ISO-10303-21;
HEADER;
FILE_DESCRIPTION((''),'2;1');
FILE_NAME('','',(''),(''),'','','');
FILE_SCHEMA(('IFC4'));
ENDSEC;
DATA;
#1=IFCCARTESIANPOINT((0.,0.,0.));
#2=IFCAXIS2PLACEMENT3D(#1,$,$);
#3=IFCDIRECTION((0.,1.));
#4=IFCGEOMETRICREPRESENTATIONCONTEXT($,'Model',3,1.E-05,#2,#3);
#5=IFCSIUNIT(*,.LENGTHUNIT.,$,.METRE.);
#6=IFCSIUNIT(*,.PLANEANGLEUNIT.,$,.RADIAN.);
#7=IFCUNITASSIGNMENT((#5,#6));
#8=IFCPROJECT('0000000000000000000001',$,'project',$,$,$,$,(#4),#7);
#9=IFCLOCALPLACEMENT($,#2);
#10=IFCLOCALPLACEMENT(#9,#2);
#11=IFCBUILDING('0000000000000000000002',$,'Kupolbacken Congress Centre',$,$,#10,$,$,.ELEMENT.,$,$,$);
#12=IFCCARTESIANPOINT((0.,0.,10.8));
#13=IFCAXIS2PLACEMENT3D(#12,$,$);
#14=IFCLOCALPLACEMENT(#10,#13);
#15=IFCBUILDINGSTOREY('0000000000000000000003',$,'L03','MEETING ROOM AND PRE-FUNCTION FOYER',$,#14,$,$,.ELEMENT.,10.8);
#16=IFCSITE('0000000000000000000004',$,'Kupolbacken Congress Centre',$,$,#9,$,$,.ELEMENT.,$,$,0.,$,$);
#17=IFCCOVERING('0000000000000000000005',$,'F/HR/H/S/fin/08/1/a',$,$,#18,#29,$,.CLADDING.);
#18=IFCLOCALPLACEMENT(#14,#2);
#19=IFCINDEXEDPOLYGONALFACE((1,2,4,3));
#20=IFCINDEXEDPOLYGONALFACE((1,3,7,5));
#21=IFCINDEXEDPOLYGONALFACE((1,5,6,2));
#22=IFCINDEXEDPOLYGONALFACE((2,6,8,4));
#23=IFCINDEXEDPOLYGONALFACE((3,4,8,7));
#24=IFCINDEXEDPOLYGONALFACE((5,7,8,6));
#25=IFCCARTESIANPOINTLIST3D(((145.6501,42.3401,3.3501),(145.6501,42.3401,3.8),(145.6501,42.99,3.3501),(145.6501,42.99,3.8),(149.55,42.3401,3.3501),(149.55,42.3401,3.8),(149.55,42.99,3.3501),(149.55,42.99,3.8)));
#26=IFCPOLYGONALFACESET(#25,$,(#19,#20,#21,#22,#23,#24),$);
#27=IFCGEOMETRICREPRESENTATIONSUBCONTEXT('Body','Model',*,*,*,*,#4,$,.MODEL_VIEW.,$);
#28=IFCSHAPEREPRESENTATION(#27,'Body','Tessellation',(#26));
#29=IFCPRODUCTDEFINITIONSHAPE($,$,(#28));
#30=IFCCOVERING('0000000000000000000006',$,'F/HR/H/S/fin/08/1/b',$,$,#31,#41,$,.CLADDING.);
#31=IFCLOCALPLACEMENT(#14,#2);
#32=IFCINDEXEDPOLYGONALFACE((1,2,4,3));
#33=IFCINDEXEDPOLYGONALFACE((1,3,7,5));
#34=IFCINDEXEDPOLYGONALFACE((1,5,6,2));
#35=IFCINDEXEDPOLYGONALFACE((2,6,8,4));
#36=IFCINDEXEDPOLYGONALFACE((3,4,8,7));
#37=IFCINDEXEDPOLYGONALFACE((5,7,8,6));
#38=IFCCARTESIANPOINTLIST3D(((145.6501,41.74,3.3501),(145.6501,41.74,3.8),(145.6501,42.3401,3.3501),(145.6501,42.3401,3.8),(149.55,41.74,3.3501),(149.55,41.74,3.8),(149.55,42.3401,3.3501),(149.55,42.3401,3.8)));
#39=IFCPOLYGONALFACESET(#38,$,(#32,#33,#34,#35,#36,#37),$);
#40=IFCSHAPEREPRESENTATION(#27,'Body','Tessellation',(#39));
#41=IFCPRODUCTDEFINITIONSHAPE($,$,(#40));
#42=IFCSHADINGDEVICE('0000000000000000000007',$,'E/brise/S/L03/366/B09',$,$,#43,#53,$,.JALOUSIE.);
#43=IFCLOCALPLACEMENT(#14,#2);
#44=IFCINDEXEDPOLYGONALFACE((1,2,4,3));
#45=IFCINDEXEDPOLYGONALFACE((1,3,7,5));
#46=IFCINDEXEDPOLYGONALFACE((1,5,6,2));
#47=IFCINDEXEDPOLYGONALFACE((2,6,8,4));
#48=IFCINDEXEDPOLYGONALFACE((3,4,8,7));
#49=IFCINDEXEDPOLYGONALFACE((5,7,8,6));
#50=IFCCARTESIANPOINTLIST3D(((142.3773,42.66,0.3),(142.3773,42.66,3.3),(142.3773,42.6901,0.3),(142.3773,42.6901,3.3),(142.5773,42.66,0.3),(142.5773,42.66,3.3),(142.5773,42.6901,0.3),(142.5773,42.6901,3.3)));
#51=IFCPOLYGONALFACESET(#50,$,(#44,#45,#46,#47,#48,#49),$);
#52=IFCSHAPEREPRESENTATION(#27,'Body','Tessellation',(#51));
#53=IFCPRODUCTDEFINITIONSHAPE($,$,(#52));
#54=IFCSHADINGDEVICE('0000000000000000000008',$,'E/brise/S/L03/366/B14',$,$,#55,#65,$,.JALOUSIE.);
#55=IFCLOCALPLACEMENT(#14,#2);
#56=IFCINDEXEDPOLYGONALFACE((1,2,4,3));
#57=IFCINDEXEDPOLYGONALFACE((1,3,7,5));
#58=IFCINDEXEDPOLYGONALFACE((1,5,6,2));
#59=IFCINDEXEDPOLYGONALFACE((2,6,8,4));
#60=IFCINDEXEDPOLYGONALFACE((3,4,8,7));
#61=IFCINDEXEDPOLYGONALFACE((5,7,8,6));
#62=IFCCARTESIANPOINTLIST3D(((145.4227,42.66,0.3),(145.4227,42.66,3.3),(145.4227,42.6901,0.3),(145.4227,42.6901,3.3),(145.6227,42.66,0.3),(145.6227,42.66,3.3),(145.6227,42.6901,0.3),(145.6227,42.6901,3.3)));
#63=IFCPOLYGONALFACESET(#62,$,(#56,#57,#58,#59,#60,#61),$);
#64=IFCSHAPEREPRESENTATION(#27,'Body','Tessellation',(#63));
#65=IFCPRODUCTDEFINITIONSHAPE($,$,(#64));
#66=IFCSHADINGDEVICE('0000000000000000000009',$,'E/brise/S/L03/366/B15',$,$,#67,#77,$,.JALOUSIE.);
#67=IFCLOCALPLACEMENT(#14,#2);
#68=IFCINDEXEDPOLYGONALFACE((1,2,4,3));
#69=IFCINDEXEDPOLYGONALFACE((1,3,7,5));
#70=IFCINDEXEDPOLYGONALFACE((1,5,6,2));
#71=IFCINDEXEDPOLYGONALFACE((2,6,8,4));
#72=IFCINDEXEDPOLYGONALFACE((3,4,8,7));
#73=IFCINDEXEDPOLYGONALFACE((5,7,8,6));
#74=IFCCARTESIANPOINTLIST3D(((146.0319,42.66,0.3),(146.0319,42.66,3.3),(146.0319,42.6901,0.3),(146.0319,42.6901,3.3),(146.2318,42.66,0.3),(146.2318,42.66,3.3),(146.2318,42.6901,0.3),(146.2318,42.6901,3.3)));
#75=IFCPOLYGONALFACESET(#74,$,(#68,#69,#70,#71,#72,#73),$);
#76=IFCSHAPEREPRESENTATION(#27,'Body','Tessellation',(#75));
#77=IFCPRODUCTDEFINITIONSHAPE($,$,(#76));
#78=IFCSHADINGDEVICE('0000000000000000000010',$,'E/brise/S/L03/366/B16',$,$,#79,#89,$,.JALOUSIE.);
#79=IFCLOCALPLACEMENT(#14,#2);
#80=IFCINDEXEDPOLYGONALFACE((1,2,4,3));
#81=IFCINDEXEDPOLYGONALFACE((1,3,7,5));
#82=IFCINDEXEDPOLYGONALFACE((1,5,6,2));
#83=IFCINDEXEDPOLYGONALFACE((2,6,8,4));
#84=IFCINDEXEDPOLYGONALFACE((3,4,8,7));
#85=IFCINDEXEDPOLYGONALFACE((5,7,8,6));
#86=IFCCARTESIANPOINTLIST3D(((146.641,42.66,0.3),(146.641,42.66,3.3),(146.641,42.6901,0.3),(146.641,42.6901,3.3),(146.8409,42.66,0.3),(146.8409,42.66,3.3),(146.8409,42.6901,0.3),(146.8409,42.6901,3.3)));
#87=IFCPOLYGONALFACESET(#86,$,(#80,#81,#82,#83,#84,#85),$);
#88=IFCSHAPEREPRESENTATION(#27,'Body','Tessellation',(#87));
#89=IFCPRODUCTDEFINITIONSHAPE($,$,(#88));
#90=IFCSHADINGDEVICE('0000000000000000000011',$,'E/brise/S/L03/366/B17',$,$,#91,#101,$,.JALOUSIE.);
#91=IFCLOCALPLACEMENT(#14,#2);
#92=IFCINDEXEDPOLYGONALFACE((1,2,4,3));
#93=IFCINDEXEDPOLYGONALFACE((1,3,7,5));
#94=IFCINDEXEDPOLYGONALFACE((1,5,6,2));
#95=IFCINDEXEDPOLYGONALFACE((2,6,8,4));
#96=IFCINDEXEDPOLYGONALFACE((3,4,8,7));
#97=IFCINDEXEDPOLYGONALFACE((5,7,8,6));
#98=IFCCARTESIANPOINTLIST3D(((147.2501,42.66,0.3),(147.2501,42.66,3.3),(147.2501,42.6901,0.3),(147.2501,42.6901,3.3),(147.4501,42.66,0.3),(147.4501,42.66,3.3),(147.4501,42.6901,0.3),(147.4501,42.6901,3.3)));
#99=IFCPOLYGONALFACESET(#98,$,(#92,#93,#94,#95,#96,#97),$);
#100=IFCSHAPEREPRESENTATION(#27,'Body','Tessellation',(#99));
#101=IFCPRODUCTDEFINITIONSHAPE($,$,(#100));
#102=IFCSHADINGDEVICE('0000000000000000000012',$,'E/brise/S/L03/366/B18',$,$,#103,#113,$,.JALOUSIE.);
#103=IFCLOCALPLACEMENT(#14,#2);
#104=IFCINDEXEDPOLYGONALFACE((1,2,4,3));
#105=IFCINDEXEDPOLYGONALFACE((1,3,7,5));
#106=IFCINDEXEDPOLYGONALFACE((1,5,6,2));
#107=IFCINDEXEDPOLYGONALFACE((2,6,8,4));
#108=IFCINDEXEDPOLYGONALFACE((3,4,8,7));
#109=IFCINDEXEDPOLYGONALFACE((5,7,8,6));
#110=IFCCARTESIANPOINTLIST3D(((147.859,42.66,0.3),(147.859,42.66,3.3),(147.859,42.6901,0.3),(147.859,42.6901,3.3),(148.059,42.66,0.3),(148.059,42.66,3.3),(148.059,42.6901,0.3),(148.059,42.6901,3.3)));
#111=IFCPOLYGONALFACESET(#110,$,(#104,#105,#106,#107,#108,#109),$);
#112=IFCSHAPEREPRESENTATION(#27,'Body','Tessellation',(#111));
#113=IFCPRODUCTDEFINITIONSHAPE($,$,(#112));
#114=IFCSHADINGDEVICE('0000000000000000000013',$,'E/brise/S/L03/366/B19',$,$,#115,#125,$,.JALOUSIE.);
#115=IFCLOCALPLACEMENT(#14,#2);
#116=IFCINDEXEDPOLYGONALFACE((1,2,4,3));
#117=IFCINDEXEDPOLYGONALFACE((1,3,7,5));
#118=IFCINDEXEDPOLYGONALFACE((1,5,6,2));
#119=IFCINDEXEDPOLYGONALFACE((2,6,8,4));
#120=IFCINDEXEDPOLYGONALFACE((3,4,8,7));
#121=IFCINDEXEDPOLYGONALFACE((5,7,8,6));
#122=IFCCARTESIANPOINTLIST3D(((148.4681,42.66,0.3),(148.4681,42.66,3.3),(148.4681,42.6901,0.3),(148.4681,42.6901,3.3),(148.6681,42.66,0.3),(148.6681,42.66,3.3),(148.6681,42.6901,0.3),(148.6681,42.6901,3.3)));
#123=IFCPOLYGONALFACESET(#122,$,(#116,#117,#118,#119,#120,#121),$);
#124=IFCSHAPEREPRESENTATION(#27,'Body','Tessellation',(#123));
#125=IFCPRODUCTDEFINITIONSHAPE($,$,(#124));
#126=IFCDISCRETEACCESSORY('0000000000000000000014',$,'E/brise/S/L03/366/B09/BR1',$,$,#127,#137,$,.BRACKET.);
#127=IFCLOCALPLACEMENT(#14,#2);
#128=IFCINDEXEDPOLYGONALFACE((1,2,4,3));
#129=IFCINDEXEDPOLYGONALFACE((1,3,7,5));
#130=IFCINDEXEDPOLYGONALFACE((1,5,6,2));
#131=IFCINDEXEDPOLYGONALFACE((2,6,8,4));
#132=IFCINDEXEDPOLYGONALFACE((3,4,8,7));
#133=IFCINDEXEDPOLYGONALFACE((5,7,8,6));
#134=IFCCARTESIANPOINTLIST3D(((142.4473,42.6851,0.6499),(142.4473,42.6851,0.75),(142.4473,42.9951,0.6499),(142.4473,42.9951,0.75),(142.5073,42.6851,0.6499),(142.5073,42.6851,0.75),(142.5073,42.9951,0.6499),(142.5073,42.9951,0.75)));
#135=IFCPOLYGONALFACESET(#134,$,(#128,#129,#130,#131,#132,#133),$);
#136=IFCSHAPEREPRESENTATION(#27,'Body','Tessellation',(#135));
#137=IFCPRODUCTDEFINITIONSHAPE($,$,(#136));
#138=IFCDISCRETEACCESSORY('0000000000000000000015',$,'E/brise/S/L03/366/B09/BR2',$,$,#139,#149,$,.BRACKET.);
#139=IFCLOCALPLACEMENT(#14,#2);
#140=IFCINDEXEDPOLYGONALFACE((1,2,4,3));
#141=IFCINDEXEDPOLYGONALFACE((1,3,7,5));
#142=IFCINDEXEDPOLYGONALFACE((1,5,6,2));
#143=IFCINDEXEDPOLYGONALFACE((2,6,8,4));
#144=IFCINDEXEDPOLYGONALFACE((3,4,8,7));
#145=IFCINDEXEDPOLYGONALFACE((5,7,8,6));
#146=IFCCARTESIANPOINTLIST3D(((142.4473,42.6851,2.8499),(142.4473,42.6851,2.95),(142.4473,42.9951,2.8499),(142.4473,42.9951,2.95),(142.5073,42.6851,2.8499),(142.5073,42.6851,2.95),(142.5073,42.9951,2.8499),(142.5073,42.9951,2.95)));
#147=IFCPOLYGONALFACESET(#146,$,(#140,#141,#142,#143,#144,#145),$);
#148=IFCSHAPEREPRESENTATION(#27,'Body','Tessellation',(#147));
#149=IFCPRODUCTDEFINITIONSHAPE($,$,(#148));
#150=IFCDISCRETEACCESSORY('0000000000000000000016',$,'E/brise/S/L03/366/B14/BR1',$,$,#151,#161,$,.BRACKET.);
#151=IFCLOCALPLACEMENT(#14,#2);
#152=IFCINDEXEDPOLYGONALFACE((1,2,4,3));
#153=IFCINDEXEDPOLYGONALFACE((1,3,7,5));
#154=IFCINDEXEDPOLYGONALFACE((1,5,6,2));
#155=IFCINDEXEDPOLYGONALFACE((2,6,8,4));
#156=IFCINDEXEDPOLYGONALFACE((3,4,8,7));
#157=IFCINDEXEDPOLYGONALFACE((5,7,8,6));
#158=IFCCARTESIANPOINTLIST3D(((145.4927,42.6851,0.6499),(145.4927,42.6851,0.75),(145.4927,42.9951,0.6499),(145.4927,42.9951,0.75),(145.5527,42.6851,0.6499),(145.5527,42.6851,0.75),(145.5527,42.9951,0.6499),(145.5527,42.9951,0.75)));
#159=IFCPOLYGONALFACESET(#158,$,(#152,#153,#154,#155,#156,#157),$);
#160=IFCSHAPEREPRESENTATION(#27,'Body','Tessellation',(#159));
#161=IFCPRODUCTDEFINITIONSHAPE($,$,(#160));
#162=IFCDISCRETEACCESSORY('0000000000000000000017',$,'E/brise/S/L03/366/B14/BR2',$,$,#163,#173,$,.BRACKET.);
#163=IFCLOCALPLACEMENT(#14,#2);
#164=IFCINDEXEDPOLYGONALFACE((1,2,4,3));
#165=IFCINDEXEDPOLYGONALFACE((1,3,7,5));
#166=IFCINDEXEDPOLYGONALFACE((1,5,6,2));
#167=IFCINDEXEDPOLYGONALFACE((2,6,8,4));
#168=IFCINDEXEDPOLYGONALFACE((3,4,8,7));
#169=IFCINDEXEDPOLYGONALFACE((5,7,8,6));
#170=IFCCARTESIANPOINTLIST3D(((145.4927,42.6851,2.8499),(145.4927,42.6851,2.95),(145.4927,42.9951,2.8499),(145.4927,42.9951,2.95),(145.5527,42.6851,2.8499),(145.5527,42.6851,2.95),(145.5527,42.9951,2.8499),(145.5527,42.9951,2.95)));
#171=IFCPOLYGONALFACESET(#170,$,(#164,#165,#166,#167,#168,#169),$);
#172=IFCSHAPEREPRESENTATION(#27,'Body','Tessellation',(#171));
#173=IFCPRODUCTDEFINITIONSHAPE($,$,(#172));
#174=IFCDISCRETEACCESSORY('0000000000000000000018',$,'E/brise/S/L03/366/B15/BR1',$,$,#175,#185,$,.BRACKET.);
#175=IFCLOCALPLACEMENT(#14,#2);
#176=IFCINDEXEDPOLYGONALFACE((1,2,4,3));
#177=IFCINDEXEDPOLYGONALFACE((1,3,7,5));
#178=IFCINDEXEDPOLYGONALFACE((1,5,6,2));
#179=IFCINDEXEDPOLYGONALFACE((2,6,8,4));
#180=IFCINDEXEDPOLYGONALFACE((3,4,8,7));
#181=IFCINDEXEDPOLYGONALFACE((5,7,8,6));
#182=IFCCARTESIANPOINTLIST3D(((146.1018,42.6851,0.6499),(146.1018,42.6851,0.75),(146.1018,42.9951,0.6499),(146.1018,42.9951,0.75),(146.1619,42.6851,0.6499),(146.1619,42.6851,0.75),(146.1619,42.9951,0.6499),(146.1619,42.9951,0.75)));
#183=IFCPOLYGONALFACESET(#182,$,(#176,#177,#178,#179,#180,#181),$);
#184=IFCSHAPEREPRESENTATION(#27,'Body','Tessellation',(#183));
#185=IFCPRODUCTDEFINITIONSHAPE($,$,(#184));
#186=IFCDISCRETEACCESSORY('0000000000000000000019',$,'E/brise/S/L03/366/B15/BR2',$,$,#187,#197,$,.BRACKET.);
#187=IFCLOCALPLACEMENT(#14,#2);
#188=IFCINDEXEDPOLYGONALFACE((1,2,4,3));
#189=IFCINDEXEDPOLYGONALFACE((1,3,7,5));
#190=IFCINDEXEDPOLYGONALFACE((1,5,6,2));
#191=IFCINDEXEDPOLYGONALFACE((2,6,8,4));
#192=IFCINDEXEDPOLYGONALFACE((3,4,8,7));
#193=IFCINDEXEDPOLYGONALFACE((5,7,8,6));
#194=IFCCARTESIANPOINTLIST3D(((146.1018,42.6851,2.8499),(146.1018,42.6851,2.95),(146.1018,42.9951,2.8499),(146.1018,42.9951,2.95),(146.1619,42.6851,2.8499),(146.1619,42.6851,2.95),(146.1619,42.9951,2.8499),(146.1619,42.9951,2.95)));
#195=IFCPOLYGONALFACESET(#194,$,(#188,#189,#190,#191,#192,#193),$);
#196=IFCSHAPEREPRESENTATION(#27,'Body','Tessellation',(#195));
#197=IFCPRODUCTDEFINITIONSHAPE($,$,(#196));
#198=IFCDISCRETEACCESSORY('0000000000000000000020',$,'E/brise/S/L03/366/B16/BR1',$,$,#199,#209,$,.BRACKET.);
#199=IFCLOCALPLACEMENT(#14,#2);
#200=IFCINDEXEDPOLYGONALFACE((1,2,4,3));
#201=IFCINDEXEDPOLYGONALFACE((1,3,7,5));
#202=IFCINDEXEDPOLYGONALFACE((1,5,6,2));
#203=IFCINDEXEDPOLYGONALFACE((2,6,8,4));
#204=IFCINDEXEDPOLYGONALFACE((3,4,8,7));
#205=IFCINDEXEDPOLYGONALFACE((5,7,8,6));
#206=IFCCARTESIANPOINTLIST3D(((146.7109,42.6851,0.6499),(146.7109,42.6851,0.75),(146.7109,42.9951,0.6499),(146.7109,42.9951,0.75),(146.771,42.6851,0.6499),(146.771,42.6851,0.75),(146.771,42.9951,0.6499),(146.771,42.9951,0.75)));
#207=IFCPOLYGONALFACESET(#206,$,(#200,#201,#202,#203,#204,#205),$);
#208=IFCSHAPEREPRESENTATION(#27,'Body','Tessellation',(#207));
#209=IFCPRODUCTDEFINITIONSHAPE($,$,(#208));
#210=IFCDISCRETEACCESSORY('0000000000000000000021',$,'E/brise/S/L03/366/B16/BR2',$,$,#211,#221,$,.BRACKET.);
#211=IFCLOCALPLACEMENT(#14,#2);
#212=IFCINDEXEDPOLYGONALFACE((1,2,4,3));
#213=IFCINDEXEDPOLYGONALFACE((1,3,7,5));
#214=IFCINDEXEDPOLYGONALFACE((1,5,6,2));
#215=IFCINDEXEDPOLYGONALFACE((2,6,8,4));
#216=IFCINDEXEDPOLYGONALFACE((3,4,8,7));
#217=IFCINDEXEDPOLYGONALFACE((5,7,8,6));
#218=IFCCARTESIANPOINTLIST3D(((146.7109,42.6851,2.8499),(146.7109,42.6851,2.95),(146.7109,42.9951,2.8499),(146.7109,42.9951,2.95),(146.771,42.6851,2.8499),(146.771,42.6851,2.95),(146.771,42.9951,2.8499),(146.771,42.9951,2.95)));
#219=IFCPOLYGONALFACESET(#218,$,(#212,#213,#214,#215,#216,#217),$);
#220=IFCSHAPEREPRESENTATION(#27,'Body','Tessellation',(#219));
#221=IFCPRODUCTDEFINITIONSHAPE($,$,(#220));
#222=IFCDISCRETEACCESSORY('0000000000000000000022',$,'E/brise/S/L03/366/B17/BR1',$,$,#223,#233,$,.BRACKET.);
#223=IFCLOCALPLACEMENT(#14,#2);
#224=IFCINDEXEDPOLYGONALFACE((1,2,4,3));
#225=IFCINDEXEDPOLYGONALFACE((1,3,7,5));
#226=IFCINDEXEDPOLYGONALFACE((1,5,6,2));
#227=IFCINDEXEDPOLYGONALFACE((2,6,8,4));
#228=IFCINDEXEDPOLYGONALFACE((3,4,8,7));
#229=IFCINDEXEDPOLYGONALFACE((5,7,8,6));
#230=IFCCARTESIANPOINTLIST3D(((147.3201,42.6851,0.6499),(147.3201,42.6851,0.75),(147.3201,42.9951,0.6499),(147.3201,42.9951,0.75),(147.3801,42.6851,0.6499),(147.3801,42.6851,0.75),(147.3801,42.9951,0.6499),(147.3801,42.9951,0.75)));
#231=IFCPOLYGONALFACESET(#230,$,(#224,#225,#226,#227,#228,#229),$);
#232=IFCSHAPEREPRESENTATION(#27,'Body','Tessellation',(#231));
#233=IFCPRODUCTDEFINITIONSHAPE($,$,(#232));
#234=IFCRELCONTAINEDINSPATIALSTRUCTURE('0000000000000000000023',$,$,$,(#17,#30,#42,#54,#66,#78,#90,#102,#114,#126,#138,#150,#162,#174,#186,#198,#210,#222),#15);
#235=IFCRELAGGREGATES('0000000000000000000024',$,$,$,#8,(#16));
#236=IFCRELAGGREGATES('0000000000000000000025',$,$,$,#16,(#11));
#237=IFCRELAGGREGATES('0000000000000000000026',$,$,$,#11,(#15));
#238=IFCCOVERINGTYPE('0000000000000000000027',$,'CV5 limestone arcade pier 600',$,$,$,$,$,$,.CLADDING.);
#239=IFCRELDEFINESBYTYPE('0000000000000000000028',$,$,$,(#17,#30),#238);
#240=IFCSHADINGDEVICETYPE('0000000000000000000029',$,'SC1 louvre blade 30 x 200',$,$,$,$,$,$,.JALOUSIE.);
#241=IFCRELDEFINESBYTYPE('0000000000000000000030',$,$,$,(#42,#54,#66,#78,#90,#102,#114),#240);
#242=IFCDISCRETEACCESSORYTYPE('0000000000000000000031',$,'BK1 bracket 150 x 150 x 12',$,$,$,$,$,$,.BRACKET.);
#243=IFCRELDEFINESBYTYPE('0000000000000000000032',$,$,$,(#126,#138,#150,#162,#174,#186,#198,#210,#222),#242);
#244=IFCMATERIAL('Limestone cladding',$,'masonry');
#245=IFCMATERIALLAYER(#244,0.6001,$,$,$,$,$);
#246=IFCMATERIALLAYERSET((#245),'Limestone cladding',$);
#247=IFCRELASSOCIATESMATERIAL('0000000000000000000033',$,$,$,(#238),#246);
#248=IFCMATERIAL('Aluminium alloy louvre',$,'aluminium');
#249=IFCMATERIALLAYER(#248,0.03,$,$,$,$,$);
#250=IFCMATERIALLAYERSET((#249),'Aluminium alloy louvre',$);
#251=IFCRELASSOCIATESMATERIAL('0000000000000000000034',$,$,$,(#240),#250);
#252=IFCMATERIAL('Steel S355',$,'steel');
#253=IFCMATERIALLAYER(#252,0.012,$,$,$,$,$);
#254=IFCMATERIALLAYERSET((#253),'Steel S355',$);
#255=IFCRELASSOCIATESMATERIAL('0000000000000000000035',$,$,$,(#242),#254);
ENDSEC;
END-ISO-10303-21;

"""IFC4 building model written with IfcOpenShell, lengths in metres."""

from ifc_helpers import new_model, si_unit, direction, frame, origin, origin_2d, place, context, subcontext, project, spatial, rectangle, extrude, material, layer, layer_set, type_object, element, save


model = new_model("IFC4")

# Units and contexts
model_context = context("Model", 3, precision=1e-05, world=origin(), true_north=direction((0.0, 1.0)))
body_context = subcontext(model_context, "Body", "Model", "MODEL_VIEW")
ifc_project = project(units=[si_unit("LENGTHUNIT", "METRE"), si_unit("PLANEANGLEUNIT", "RADIAN")], contexts=[model_context])

# Site, building, storey
site_placement = place(None, origin())
site = spatial("IfcSite", under=ifc_project, at=site_placement, Name="Kupolbacken Congress Centre", CompositionType="ELEMENT", RefElevation=0.0)
building_placement = place(site_placement, origin())
building = spatial("IfcBuilding", under=site, at=building_placement, Name="Kupolbacken Congress Centre", CompositionType="ELEMENT")
storey_placement = place(building_placement, frame((0.0, 0.0, 10.8)))
storey = spatial("IfcBuildingStorey", under=building, at=storey_placement, Name="L03", Description="MEETING ROOM AND PRE-FUNCTION FOYER", CompositionType="ELEMENT", Elevation=10.8)

# Coverings
ifc_material_1 = material(Name="Limestone cladding", Category="masonry")
ifc_layer_1 = layer(ifc_material_1, 0.6001)
ifc_layer_set_1 = layer_set([ifc_layer_1], Name="Limestone cladding")
covering_type = type_object("IfcCoveringType", Name="CV5 limestone arcade pier 600", PredefinedType="CLADDING", material=ifc_layer_set_1)
covering_1_placement = place(storey_placement, frame((147.6001, 42.665, 3.3501), z_axis=(0.0, 0.0, 1.0), x_axis=(1.0, 0.0, 0.0)))
element("IfcCovering", 1, at=covering_1_placement, inside=storey, type_object=covering_type, Name="F/HR/H/S/fin/08/1/a", PredefinedType="CLADDING", context=body_context, shape_type="SweptSolid", body=[
    extrude(rectangle(XDim=3.8999, YDim=0.6499, at=origin_2d()), origin(), (0.0, 0.0, 1.0), 0.45),
])
covering_2_placement = place(storey_placement, frame((147.6001, 42.04, 3.3501), z_axis=(0.0, 0.0, 1.0), x_axis=(1.0, 0.0, 0.0)))
element("IfcCovering", 2, at=covering_2_placement, inside=storey, type_object=covering_type, Name="F/HR/H/S/fin/08/1/b", PredefinedType="CLADDING", context=body_context, shape_type="SweptSolid", body=[
    extrude(rectangle(XDim=3.8999, YDim=0.6001, at=origin_2d()), origin(), (0.0, 0.0, 1.0), 0.45),
])

# Shading devices
ifc_material_2 = material(Name="Aluminium alloy louvre", Category="aluminium")
ifc_layer_2 = layer(ifc_material_2, 0.03)
ifc_layer_set_2 = layer_set([ifc_layer_2], Name="Aluminium alloy louvre")
shading_device_type = type_object("IfcShadingDeviceType", Name="SC1 louvre blade 30 x 200", PredefinedType="JALOUSIE", material=ifc_layer_set_2)
for number, where, z_axis, x_axis, name in (
    (3, (142.4773, 42.675, 0.3), (0.0, 0.0, 1.0), (1.0, 0.0, 0.0), "E/brise/S/L03/366/B09"),
    (4, (145.5227, 42.675, 0.3), (0.0, 0.0, 1.0), (1.0, 0.0, 0.0), "E/brise/S/L03/366/B14"),
    (5, (146.1318, 42.675, 0.3), (0.0, 0.0, 1.0), (1.0, 0.0, 0.0), "E/brise/S/L03/366/B15"),
    (6, (146.741, 42.675, 0.3), (0.0, 0.0, 1.0), (1.0, 0.0, 0.0), "E/brise/S/L03/366/B16"),
    (7, (147.3501, 42.675, 0.3), (0.0, 0.0, 1.0), (1.0, 0.0, 0.0), "E/brise/S/L03/366/B17"),
    (8, (147.959, 42.675, 0.3), (0.0, 0.0, 1.0), (1.0, 0.0, 0.0), "E/brise/S/L03/366/B18"),
    (9, (148.5681, 42.675, 0.3), (0.0, 0.0, 1.0), (1.0, 0.0, 0.0), "E/brise/S/L03/366/B19"),
):
    element("IfcShadingDevice", number, at=place(storey_placement, frame(where, z_axis=z_axis, x_axis=x_axis)), inside=storey, type_object=shading_device_type, Name=name, PredefinedType="JALOUSIE", context=body_context, shape_type="SweptSolid", body=[
        extrude(rectangle(XDim=0.2, YDim=0.03, at=origin_2d()), origin(), (0.0, 0.0, 1.0), 3.0),
    ])

# Discrete accessories
ifc_material_3 = material(Name="Steel S355", Category="steel")
ifc_layer_3 = layer(ifc_material_3, 0.012)
ifc_layer_set_3 = layer_set([ifc_layer_3], Name="Steel S355")
discrete_accessory_type = type_object("IfcDiscreteAccessoryType", Name="BK1 bracket 150 x 150 x 12", PredefinedType="BRACKET", material=ifc_layer_set_3)
for number, where, z_axis, x_axis, name in (
    (10, (142.4773, 42.8401, 0.6499), (0.0, 0.0, 1.0), (1.0, 0.0, 0.0), "E/brise/S/L03/366/B09/BR1"),
    (11, (142.4773, 42.8401, 2.8499), (0.0, 0.0, 1.0), (1.0, 0.0, 0.0), "E/brise/S/L03/366/B09/BR2"),
    (12, (145.5227, 42.8401, 0.6499), (0.0, 0.0, 1.0), (1.0, 0.0, 0.0), "E/brise/S/L03/366/B14/BR1"),
    (13, (145.5227, 42.8401, 2.8499), (0.0, 0.0, 1.0), (1.0, 0.0, 0.0), "E/brise/S/L03/366/B14/BR2"),
    (14, (146.1318, 42.8401, 0.6499), (0.0, 0.0, 1.0), (1.0, 0.0, 0.0), "E/brise/S/L03/366/B15/BR1"),
    (15, (146.1318, 42.8401, 2.8499), (0.0, 0.0, 1.0), (1.0, 0.0, 0.0), "E/brise/S/L03/366/B15/BR2"),
    (16, (146.741, 42.8401, 0.6499), (0.0, 0.0, 1.0), (1.0, 0.0, 0.0), "E/brise/S/L03/366/B16/BR1"),
    (17, (146.741, 42.8401, 2.8499), (0.0, 0.0, 1.0), (1.0, 0.0, 0.0), "E/brise/S/L03/366/B16/BR2"),
    (18, (147.3501, 42.8401, 0.6499), (0.0, 0.0, 1.0), (1.0, 0.0, 0.0), "E/brise/S/L03/366/B17/BR1"),
):
    element("IfcDiscreteAccessory", number, at=place(storey_placement, frame(where, z_axis=z_axis, x_axis=x_axis)), inside=storey, type_object=discrete_accessory_type, Name=name, PredefinedType="BRACKET", context=body_context, shape_type="SweptSolid", body=[
        extrude(rectangle(XDim=0.0601, YDim=0.3101, at=origin_2d()), origin(), (0.0, 0.0, 1.0), 0.1001),
    ])

save(model, "model.ifc")
